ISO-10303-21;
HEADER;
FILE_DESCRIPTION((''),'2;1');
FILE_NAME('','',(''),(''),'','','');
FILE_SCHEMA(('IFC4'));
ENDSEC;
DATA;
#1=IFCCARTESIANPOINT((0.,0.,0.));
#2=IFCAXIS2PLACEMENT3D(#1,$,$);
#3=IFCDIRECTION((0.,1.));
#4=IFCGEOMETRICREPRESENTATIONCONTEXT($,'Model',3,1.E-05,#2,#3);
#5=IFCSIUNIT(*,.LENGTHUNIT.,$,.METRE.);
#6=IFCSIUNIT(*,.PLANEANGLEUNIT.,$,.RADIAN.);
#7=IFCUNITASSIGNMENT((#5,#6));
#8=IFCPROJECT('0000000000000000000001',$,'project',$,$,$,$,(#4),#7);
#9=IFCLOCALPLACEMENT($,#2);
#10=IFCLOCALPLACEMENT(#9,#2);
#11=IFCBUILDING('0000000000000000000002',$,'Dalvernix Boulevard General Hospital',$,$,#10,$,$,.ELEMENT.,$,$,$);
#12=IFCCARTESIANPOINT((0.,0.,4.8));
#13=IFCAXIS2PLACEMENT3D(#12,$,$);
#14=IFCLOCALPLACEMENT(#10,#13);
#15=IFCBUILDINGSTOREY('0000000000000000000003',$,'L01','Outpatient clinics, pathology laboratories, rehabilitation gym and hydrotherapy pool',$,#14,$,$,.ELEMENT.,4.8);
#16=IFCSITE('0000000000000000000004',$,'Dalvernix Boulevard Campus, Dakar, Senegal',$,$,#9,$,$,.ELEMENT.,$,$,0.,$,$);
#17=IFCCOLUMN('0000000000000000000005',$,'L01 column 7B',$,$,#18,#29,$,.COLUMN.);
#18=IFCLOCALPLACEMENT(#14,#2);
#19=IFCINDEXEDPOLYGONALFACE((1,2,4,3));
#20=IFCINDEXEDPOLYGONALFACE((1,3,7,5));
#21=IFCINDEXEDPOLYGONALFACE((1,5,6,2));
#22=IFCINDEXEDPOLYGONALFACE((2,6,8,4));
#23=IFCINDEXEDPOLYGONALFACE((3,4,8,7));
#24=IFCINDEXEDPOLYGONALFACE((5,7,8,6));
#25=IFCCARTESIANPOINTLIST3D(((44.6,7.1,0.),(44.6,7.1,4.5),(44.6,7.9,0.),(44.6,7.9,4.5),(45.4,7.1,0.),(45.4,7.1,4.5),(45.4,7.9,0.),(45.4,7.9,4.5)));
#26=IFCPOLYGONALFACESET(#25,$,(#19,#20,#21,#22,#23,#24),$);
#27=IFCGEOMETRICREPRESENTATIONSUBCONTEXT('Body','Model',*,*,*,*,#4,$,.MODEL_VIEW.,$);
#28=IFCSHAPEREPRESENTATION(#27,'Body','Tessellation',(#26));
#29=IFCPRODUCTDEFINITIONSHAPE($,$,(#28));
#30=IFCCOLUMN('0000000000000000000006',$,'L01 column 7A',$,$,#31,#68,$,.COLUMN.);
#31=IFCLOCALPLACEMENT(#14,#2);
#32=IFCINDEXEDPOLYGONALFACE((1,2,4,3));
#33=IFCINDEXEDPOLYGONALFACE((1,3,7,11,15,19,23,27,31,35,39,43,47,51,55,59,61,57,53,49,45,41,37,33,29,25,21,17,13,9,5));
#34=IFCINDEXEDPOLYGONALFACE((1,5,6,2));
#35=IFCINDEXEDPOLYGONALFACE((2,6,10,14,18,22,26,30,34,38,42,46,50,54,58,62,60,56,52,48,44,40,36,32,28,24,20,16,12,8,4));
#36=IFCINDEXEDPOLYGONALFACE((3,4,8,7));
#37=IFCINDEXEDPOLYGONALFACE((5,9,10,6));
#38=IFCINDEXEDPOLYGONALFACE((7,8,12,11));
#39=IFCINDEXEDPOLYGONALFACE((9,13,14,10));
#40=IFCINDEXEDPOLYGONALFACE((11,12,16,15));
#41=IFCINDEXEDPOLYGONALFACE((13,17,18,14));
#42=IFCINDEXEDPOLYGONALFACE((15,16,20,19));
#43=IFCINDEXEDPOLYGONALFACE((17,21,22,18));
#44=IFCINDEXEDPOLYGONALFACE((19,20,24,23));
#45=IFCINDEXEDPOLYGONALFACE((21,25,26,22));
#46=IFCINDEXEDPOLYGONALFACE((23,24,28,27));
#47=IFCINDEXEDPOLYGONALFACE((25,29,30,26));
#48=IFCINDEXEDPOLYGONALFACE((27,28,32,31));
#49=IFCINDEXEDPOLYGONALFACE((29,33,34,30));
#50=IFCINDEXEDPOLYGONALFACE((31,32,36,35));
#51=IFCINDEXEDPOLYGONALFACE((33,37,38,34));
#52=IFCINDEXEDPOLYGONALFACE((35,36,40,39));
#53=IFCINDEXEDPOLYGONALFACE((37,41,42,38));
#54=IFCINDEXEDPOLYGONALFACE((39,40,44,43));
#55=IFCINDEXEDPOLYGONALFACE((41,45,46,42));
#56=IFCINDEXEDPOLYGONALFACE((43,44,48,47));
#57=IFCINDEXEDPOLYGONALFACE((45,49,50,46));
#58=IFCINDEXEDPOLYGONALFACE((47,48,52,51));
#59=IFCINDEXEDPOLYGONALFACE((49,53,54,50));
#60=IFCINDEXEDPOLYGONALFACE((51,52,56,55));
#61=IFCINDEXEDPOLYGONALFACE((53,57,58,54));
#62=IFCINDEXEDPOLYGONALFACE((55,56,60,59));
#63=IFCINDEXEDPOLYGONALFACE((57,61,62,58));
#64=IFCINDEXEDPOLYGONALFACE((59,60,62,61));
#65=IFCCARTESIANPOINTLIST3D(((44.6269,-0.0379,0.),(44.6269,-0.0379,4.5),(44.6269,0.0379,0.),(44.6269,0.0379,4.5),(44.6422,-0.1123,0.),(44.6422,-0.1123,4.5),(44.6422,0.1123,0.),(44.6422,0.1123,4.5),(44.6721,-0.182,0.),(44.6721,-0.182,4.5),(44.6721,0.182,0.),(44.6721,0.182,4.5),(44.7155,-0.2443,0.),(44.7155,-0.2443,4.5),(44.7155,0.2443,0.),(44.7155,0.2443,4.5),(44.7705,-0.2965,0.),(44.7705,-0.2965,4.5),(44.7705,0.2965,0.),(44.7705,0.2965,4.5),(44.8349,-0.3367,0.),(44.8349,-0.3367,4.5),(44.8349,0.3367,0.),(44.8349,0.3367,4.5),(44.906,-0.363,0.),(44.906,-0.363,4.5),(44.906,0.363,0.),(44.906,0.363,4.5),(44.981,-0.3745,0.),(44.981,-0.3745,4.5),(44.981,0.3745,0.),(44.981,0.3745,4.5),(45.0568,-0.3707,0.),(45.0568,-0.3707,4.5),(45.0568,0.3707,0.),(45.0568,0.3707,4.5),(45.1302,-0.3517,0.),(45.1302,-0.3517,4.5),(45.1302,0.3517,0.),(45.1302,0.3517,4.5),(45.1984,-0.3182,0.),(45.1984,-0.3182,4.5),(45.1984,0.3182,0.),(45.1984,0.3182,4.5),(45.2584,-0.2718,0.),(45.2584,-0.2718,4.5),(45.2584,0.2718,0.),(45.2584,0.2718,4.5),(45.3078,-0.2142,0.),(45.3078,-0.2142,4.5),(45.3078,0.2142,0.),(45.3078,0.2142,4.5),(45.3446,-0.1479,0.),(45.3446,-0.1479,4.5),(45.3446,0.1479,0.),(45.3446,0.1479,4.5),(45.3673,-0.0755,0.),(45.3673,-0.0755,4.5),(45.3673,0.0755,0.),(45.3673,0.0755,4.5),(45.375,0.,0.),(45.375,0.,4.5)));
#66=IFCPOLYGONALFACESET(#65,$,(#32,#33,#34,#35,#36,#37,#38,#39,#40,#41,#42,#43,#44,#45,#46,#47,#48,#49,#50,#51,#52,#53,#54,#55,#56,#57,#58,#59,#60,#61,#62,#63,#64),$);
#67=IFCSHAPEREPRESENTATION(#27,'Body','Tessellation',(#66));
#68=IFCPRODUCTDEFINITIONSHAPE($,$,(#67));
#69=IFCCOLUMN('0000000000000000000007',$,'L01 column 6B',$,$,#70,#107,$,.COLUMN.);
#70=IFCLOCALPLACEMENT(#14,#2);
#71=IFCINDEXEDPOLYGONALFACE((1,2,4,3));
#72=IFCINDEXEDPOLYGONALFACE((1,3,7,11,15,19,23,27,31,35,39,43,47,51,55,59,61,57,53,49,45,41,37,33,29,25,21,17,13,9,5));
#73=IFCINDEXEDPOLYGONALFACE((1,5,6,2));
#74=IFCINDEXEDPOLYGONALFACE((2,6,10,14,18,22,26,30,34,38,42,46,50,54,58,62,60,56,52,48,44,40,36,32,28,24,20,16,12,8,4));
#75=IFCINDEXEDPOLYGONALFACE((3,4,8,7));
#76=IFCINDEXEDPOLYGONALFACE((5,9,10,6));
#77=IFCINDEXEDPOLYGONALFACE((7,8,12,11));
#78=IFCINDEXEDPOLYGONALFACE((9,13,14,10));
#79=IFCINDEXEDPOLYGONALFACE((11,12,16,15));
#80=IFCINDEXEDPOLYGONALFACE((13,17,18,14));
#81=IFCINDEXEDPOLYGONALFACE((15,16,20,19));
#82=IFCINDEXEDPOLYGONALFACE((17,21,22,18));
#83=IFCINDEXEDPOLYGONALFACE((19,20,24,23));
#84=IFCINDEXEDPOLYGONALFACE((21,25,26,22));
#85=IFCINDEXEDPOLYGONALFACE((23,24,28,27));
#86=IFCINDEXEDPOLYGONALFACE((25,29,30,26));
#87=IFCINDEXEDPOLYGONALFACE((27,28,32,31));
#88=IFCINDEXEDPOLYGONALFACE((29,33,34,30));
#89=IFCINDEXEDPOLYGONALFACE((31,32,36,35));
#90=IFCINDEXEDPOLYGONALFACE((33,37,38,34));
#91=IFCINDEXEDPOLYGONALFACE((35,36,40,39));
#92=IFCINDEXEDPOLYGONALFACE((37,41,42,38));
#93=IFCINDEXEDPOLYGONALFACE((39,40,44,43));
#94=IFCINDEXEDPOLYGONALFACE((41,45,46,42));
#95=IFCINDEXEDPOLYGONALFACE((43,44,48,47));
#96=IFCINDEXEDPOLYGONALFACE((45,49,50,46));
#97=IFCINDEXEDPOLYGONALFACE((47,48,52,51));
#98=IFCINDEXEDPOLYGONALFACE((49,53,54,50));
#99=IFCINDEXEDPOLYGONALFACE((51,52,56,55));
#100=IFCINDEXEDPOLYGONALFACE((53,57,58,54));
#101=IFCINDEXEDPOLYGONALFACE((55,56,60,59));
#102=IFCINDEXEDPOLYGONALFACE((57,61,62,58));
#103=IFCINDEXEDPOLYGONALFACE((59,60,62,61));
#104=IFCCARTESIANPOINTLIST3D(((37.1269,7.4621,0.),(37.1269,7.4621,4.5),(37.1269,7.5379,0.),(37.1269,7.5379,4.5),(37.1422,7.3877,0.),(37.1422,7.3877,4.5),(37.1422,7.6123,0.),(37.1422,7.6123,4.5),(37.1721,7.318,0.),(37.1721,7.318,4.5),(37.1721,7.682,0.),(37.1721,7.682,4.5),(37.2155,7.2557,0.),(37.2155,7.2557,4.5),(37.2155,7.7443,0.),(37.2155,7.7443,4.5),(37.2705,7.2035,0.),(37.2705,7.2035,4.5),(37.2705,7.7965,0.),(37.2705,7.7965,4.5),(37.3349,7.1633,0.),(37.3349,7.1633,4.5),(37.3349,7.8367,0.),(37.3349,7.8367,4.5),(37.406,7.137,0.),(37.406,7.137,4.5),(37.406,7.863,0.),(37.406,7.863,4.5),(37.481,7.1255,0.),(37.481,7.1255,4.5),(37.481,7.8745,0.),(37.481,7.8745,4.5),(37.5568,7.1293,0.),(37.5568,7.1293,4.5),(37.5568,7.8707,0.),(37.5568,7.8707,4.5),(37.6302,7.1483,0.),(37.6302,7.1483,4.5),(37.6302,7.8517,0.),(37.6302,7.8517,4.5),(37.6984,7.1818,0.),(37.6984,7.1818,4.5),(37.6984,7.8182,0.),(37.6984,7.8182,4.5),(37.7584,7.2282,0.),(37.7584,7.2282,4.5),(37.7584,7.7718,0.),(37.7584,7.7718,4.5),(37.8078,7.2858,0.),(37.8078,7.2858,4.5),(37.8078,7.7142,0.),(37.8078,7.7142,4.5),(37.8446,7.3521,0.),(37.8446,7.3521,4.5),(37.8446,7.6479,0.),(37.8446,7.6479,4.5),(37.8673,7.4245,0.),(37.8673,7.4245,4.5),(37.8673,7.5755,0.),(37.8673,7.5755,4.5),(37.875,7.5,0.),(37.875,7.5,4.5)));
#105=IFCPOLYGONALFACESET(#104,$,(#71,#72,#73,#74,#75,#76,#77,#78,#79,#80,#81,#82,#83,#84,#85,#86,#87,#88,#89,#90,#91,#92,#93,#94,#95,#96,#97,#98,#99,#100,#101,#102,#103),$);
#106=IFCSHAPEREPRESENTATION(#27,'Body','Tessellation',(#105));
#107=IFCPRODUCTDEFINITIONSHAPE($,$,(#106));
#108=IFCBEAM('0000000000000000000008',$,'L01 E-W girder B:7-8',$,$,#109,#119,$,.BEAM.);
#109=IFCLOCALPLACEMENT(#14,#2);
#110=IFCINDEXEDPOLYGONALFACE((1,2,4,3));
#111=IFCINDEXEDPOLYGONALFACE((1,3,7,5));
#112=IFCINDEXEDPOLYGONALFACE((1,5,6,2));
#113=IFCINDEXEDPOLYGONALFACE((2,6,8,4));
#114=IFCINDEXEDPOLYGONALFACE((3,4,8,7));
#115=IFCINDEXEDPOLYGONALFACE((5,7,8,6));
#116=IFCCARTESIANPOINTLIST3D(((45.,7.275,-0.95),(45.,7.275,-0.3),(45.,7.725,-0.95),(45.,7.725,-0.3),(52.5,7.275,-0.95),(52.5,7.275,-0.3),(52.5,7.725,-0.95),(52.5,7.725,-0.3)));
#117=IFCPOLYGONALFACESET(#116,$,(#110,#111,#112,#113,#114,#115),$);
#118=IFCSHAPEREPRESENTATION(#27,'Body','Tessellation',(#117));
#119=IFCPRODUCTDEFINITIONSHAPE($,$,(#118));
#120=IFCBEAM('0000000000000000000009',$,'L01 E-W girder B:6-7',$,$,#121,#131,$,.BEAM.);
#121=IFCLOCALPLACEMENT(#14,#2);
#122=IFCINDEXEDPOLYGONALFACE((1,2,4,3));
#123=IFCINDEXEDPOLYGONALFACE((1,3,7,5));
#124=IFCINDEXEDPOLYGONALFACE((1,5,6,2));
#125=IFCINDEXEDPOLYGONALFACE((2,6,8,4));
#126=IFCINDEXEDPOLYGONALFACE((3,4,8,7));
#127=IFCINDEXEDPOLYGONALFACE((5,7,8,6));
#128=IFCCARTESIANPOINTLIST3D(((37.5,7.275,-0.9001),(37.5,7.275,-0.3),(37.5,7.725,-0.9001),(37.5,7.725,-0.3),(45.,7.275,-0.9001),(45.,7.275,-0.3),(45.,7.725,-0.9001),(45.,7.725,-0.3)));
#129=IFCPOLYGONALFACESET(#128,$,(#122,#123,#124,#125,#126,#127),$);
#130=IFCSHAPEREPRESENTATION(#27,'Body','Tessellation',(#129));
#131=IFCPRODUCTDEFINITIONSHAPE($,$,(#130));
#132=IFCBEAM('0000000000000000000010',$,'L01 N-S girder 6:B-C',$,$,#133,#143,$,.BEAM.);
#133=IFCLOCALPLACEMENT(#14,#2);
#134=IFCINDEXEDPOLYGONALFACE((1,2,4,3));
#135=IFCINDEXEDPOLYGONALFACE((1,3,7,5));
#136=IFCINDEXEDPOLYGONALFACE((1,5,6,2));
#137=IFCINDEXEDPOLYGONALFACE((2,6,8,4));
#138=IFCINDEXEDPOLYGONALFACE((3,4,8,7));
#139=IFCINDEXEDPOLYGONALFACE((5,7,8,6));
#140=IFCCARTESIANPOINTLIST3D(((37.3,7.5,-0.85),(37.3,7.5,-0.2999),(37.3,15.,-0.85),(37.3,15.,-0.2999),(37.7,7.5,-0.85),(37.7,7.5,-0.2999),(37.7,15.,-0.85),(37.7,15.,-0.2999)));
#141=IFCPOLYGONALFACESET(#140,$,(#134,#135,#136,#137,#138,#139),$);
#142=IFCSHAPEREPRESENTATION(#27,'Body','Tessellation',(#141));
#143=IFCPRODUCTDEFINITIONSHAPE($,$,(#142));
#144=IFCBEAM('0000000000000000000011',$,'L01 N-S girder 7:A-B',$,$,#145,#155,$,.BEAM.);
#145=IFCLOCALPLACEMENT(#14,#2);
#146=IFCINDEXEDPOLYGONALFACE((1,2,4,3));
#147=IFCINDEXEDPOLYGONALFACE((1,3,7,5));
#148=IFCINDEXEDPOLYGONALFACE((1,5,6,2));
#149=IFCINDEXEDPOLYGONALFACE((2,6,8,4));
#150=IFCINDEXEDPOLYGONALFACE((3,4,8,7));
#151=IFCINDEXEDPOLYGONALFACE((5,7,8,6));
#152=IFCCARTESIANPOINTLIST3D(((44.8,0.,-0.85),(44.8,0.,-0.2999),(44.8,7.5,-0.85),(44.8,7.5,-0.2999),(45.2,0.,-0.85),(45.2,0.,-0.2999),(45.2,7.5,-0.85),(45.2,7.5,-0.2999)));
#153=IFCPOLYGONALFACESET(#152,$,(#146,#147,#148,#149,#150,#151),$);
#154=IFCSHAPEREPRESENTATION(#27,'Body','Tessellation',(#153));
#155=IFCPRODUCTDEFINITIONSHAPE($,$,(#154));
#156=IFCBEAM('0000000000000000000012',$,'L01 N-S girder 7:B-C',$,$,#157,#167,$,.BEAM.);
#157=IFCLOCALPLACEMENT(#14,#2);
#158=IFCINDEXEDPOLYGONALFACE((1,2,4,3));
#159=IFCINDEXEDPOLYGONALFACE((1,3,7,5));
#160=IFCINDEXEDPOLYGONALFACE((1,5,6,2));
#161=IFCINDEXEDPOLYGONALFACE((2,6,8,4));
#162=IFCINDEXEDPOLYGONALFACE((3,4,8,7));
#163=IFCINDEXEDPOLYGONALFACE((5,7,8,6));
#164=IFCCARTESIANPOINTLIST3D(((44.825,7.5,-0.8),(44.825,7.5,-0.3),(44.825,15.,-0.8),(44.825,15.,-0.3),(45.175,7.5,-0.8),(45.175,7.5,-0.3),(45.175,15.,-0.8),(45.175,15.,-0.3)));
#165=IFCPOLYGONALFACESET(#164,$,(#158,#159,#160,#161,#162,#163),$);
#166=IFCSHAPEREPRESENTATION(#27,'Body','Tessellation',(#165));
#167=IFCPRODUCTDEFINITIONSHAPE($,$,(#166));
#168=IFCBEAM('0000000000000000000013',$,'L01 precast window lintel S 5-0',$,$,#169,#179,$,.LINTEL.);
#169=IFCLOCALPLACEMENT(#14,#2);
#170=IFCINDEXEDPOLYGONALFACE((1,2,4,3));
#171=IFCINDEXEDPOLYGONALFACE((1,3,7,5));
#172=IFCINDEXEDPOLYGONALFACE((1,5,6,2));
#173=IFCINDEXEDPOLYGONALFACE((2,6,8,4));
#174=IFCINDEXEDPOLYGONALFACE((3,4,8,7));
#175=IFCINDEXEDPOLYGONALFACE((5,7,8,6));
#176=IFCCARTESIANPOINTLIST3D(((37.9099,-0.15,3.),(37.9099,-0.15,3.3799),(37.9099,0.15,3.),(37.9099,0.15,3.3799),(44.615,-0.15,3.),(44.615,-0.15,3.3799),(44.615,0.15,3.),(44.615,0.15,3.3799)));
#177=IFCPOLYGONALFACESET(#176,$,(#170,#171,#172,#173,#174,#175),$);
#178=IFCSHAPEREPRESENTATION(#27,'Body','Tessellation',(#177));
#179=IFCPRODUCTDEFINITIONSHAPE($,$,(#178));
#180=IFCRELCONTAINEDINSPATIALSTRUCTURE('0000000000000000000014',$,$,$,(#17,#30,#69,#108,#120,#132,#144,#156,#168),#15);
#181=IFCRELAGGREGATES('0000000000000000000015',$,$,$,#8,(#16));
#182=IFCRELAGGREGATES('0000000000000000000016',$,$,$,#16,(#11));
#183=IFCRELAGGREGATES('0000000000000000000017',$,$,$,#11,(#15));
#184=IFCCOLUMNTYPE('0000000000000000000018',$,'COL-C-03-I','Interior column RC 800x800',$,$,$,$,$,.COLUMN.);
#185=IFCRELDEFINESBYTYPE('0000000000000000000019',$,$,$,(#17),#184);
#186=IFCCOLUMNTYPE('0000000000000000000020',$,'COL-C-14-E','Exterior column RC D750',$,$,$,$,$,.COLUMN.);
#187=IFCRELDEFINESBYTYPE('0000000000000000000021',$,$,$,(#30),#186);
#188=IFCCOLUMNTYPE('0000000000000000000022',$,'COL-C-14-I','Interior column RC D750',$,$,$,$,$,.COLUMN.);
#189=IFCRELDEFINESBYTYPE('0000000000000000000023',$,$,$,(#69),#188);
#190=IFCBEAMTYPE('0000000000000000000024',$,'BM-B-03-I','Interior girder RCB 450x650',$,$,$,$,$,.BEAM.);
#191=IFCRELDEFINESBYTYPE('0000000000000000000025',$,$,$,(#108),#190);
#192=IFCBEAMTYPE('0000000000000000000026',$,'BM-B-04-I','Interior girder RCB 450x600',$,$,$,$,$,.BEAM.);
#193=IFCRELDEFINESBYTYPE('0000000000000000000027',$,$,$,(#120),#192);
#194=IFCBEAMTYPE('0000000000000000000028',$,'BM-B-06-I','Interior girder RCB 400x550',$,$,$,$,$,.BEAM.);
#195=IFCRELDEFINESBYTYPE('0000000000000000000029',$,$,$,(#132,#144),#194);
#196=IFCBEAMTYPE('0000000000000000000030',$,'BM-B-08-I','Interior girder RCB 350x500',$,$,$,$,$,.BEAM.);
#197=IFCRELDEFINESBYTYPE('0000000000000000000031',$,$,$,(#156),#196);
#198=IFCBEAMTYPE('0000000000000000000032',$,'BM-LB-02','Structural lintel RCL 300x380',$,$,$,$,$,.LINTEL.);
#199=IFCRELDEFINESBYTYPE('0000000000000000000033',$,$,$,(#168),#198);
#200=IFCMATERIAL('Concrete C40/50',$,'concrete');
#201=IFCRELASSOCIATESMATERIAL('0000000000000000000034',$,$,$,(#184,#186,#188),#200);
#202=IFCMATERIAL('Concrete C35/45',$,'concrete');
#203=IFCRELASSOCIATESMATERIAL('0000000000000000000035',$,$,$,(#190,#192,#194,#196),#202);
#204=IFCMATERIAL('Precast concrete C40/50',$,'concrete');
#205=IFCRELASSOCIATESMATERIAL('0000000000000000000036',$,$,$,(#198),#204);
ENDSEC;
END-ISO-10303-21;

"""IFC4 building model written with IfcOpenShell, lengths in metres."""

from ifc_helpers import new_model, si_unit, direction, frame, origin, origin_2d, place, context, subcontext, project, spatial, rectangle, circle, extrude, material, material_profile, profile_set, type_object, element, save


model = new_model("IFC4")

# Units and contexts
model_context = context("Model", 3, precision=1e-05, world=origin(), true_north=direction((0.0, 1.0)))
body_context = subcontext(model_context, "Body", "Model", "MODEL_VIEW")
ifc_project = project(units=[si_unit("LENGTHUNIT", "METRE"), si_unit("PLANEANGLEUNIT", "RADIAN")], contexts=[model_context])

# Site, building, storey
site_placement = place(None, origin())
site = spatial("IfcSite", under=ifc_project, at=site_placement, Name="Dalvernix Boulevard Campus, Dakar, Senegal", CompositionType="ELEMENT", RefElevation=0.0)
building_placement = place(site_placement, origin())
building = spatial("IfcBuilding", under=site, at=building_placement, Name="Dalvernix Boulevard General Hospital", CompositionType="ELEMENT")
storey_placement = place(building_placement, frame((0.0, 0.0, 4.8)))
storey = spatial("IfcBuildingStorey", under=building, at=storey_placement, Name="L01", Description="Outpatient clinics, pathology laboratories, rehabilitation gym and hydrotherapy pool", CompositionType="ELEMENT", Elevation=4.8)

# Columns
ifc_material_1 = material(Name="Concrete C40/50", Category="concrete")
ifc_material_profile_1 = material_profile(ifc_material_1, rectangle(XDim=0.8, YDim=0.8, at=origin_2d()), Name="RC 800x800")
ifc_profile_set_1 = profile_set([ifc_material_profile_1], Name="Concrete C40/50")
column_type_1 = type_object("IfcColumnType", Name="COL-C-03-I", Description="Interior column RC 800x800", PredefinedType="COLUMN", material=ifc_profile_set_1)
column_1_placement = place(storey_placement, frame((45.0, 7.5, 0.0), z_axis=(0.0, 0.0, 1.0), x_axis=(1.0, 0.0, 0.0)))
element("IfcColumn", 1, at=column_1_placement, inside=storey, type_object=column_type_1, Name="L01 column 7B", PredefinedType="COLUMN", context=body_context, shape_type="SweptSolid", body=[
    extrude(rectangle(XDim=0.8, YDim=0.8, at=origin_2d()), origin(), (0.0, 0.0, 1.0), 4.5),
])
ifc_material_profile_2 = material_profile(ifc_material_1, circle(Radius=0.375, at=origin_2d()), Name="RC D750")
ifc_profile_set_2 = profile_set([ifc_material_profile_2], Name="Concrete C40/50")
column_type_2 = type_object("IfcColumnType", Name="COL-C-14-E", Description="Exterior column RC D750", PredefinedType="COLUMN", material=ifc_profile_set_2)
column_2_placement = place(storey_placement, frame((45.0, 0.0, 0.0), z_axis=(0.0, 0.0, 1.0), x_axis=(1.0, 0.0, 0.0)))
element("IfcColumn", 2, at=column_2_placement, inside=storey, type_object=column_type_2, Name="L01 column 7A", PredefinedType="COLUMN", context=body_context, shape_type="SweptSolid", body=[
    extrude(circle(Radius=0.375, at=origin_2d()), origin(), (0.0, 0.0, 1.0), 4.5),
])
ifc_material_profile_3 = material_profile(ifc_material_1, circle(Radius=0.375, at=origin_2d()), Name="RC D750")
ifc_profile_set_3 = profile_set([ifc_material_profile_3], Name="Concrete C40/50")
column_type_3 = type_object("IfcColumnType", Name="COL-C-14-I", Description="Interior column RC D750", PredefinedType="COLUMN", material=ifc_profile_set_3)
column_3_placement = place(storey_placement, frame((37.5, 7.5, 0.0), z_axis=(0.0, 0.0, 1.0), x_axis=(1.0, 0.0, 0.0)))
element("IfcColumn", 3, at=column_3_placement, inside=storey, type_object=column_type_3, Name="L01 column 6B", PredefinedType="COLUMN", context=body_context, shape_type="SweptSolid", body=[
    extrude(circle(Radius=0.375, at=origin_2d()), origin(), (0.0, 0.0, 1.0), 4.5),
])

# Beams
ifc_material_2 = material(Name="Concrete C35/45", Category="concrete")
ifc_material_profile_4 = material_profile(ifc_material_2, rectangle(XDim=0.45, YDim=0.6499, at=origin_2d()), Name="RCB 450x650")
ifc_profile_set_4 = profile_set([ifc_material_profile_4], Name="Concrete C35/45")
beam_type_1 = type_object("IfcBeamType", Name="BM-B-03-I", Description="Interior girder RCB 450x650", PredefinedType="BEAM", material=ifc_profile_set_4)
beam_1_placement = place(storey_placement, frame((45.0, 7.5, -0.625), z_axis=(1.0, 0.0, 0.0), x_axis=(0.0, 1.0, 0.0)))
element("IfcBeam", 4, at=beam_1_placement, inside=storey, type_object=beam_type_1, Name="L01 E-W girder B:7-8", PredefinedType="BEAM", context=body_context, shape_type="SweptSolid", body=[
    extrude(rectangle(XDim=0.45, YDim=0.6499, at=origin_2d()), origin(), (0.0, 0.0, 1.0), 7.5),
])
ifc_material_profile_5 = material_profile(ifc_material_2, rectangle(XDim=0.45, YDim=0.6001, at=origin_2d()), Name="RCB 450x600")
ifc_profile_set_5 = profile_set([ifc_material_profile_5], Name="Concrete C35/45")
beam_type_2 = type_object("IfcBeamType", Name="BM-B-04-I", Description="Interior girder RCB 450x600", PredefinedType="BEAM", material=ifc_profile_set_5)
beam_2_placement = place(storey_placement, frame((37.5, 7.5, -0.6001), z_axis=(1.0, 0.0, 0.0), x_axis=(0.0, 1.0, 0.0)))
element("IfcBeam", 5, at=beam_2_placement, inside=storey, type_object=beam_type_2, Name="L01 E-W girder B:6-7", PredefinedType="BEAM", context=body_context, shape_type="SweptSolid", body=[
    extrude(rectangle(XDim=0.45, YDim=0.6001, at=origin_2d()), origin(), (0.0, 0.0, 1.0), 7.5),
])
ifc_material_profile_6 = material_profile(ifc_material_2, rectangle(XDim=0.3999, YDim=0.55, at=origin_2d()), Name="RCB 400x550")
ifc_profile_set_6 = profile_set([ifc_material_profile_6], Name="Concrete C35/45")
beam_type_3 = type_object("IfcBeamType", Name="BM-B-06-I", Description="Interior girder RCB 400x550", PredefinedType="BEAM", material=ifc_profile_set_6)
for number, where, z_axis, x_axis, name in (
    (6, (37.5, 7.5, -0.575), (0.0, 1.0, 0.0), (-1.0, 0.0, 0.0), "L01 N-S girder 6:B-C"),
    (7, (45.0, 0.0, -0.575), (0.0, 1.0, 0.0), (-1.0, 0.0, 0.0), "L01 N-S girder 7:A-B"),
):
    element("IfcBeam", number, at=place(storey_placement, frame(where, z_axis=z_axis, x_axis=x_axis)), inside=storey, type_object=beam_type_3, Name=name, PredefinedType="BEAM", context=body_context, shape_type="SweptSolid", body=[
        extrude(rectangle(XDim=0.3999, YDim=0.55, at=origin_2d()), origin(), (0.0, 0.0, 1.0), 7.5),
    ])
ifc_material_profile_7 = material_profile(ifc_material_2, rectangle(XDim=0.3501, YDim=0.5, at=origin_2d()), Name="RCB 350x500")
ifc_profile_set_7 = profile_set([ifc_material_profile_7], Name="Concrete C35/45")
beam_type_4 = type_object("IfcBeamType", Name="BM-B-08-I", Description="Interior girder RCB 350x500", PredefinedType="BEAM", material=ifc_profile_set_7)
beam_3_placement = place(storey_placement, frame((45.0, 7.5, -0.55), z_axis=(0.0, 1.0, 0.0), x_axis=(-1.0, 0.0, 0.0)))
element("IfcBeam", 8, at=beam_3_placement, inside=storey, type_object=beam_type_4, Name="L01 N-S girder 7:B-C", PredefinedType="BEAM", context=body_context, shape_type="SweptSolid", body=[
    extrude(rectangle(XDim=0.3501, YDim=0.5, at=origin_2d()), origin(), (0.0, 0.0, 1.0), 7.5),
])
ifc_material_3 = material(Name="Precast concrete C40/50", Category="concrete")
ifc_material_profile_8 = material_profile(ifc_material_3, rectangle(XDim=0.3, YDim=0.3799, at=origin_2d()), Name="RCL 300x380")
ifc_profile_set_8 = profile_set([ifc_material_profile_8], Name="Precast concrete C40/50")
beam_type_5 = type_object("IfcBeamType", Name="BM-LB-02", Description="Structural lintel RCL 300x380", PredefinedType="LINTEL", material=ifc_profile_set_8)
beam_4_placement = place(storey_placement, frame((44.615, 0.0, 3.1899), z_axis=(-1.0, 0.0, 0.0), x_axis=(0.0, -1.0, 0.0)))
element("IfcBeam", 9, at=beam_4_placement, inside=storey, type_object=beam_type_5, Name="L01 precast window lintel S 5-0", PredefinedType="LINTEL", context=body_context, shape_type="SweptSolid", body=[
    extrude(rectangle(XDim=0.3, YDim=0.3799, at=origin_2d()), origin(), (0.0, 0.0, 1.0), 6.7051),
])

save(model, "model.ifc")
